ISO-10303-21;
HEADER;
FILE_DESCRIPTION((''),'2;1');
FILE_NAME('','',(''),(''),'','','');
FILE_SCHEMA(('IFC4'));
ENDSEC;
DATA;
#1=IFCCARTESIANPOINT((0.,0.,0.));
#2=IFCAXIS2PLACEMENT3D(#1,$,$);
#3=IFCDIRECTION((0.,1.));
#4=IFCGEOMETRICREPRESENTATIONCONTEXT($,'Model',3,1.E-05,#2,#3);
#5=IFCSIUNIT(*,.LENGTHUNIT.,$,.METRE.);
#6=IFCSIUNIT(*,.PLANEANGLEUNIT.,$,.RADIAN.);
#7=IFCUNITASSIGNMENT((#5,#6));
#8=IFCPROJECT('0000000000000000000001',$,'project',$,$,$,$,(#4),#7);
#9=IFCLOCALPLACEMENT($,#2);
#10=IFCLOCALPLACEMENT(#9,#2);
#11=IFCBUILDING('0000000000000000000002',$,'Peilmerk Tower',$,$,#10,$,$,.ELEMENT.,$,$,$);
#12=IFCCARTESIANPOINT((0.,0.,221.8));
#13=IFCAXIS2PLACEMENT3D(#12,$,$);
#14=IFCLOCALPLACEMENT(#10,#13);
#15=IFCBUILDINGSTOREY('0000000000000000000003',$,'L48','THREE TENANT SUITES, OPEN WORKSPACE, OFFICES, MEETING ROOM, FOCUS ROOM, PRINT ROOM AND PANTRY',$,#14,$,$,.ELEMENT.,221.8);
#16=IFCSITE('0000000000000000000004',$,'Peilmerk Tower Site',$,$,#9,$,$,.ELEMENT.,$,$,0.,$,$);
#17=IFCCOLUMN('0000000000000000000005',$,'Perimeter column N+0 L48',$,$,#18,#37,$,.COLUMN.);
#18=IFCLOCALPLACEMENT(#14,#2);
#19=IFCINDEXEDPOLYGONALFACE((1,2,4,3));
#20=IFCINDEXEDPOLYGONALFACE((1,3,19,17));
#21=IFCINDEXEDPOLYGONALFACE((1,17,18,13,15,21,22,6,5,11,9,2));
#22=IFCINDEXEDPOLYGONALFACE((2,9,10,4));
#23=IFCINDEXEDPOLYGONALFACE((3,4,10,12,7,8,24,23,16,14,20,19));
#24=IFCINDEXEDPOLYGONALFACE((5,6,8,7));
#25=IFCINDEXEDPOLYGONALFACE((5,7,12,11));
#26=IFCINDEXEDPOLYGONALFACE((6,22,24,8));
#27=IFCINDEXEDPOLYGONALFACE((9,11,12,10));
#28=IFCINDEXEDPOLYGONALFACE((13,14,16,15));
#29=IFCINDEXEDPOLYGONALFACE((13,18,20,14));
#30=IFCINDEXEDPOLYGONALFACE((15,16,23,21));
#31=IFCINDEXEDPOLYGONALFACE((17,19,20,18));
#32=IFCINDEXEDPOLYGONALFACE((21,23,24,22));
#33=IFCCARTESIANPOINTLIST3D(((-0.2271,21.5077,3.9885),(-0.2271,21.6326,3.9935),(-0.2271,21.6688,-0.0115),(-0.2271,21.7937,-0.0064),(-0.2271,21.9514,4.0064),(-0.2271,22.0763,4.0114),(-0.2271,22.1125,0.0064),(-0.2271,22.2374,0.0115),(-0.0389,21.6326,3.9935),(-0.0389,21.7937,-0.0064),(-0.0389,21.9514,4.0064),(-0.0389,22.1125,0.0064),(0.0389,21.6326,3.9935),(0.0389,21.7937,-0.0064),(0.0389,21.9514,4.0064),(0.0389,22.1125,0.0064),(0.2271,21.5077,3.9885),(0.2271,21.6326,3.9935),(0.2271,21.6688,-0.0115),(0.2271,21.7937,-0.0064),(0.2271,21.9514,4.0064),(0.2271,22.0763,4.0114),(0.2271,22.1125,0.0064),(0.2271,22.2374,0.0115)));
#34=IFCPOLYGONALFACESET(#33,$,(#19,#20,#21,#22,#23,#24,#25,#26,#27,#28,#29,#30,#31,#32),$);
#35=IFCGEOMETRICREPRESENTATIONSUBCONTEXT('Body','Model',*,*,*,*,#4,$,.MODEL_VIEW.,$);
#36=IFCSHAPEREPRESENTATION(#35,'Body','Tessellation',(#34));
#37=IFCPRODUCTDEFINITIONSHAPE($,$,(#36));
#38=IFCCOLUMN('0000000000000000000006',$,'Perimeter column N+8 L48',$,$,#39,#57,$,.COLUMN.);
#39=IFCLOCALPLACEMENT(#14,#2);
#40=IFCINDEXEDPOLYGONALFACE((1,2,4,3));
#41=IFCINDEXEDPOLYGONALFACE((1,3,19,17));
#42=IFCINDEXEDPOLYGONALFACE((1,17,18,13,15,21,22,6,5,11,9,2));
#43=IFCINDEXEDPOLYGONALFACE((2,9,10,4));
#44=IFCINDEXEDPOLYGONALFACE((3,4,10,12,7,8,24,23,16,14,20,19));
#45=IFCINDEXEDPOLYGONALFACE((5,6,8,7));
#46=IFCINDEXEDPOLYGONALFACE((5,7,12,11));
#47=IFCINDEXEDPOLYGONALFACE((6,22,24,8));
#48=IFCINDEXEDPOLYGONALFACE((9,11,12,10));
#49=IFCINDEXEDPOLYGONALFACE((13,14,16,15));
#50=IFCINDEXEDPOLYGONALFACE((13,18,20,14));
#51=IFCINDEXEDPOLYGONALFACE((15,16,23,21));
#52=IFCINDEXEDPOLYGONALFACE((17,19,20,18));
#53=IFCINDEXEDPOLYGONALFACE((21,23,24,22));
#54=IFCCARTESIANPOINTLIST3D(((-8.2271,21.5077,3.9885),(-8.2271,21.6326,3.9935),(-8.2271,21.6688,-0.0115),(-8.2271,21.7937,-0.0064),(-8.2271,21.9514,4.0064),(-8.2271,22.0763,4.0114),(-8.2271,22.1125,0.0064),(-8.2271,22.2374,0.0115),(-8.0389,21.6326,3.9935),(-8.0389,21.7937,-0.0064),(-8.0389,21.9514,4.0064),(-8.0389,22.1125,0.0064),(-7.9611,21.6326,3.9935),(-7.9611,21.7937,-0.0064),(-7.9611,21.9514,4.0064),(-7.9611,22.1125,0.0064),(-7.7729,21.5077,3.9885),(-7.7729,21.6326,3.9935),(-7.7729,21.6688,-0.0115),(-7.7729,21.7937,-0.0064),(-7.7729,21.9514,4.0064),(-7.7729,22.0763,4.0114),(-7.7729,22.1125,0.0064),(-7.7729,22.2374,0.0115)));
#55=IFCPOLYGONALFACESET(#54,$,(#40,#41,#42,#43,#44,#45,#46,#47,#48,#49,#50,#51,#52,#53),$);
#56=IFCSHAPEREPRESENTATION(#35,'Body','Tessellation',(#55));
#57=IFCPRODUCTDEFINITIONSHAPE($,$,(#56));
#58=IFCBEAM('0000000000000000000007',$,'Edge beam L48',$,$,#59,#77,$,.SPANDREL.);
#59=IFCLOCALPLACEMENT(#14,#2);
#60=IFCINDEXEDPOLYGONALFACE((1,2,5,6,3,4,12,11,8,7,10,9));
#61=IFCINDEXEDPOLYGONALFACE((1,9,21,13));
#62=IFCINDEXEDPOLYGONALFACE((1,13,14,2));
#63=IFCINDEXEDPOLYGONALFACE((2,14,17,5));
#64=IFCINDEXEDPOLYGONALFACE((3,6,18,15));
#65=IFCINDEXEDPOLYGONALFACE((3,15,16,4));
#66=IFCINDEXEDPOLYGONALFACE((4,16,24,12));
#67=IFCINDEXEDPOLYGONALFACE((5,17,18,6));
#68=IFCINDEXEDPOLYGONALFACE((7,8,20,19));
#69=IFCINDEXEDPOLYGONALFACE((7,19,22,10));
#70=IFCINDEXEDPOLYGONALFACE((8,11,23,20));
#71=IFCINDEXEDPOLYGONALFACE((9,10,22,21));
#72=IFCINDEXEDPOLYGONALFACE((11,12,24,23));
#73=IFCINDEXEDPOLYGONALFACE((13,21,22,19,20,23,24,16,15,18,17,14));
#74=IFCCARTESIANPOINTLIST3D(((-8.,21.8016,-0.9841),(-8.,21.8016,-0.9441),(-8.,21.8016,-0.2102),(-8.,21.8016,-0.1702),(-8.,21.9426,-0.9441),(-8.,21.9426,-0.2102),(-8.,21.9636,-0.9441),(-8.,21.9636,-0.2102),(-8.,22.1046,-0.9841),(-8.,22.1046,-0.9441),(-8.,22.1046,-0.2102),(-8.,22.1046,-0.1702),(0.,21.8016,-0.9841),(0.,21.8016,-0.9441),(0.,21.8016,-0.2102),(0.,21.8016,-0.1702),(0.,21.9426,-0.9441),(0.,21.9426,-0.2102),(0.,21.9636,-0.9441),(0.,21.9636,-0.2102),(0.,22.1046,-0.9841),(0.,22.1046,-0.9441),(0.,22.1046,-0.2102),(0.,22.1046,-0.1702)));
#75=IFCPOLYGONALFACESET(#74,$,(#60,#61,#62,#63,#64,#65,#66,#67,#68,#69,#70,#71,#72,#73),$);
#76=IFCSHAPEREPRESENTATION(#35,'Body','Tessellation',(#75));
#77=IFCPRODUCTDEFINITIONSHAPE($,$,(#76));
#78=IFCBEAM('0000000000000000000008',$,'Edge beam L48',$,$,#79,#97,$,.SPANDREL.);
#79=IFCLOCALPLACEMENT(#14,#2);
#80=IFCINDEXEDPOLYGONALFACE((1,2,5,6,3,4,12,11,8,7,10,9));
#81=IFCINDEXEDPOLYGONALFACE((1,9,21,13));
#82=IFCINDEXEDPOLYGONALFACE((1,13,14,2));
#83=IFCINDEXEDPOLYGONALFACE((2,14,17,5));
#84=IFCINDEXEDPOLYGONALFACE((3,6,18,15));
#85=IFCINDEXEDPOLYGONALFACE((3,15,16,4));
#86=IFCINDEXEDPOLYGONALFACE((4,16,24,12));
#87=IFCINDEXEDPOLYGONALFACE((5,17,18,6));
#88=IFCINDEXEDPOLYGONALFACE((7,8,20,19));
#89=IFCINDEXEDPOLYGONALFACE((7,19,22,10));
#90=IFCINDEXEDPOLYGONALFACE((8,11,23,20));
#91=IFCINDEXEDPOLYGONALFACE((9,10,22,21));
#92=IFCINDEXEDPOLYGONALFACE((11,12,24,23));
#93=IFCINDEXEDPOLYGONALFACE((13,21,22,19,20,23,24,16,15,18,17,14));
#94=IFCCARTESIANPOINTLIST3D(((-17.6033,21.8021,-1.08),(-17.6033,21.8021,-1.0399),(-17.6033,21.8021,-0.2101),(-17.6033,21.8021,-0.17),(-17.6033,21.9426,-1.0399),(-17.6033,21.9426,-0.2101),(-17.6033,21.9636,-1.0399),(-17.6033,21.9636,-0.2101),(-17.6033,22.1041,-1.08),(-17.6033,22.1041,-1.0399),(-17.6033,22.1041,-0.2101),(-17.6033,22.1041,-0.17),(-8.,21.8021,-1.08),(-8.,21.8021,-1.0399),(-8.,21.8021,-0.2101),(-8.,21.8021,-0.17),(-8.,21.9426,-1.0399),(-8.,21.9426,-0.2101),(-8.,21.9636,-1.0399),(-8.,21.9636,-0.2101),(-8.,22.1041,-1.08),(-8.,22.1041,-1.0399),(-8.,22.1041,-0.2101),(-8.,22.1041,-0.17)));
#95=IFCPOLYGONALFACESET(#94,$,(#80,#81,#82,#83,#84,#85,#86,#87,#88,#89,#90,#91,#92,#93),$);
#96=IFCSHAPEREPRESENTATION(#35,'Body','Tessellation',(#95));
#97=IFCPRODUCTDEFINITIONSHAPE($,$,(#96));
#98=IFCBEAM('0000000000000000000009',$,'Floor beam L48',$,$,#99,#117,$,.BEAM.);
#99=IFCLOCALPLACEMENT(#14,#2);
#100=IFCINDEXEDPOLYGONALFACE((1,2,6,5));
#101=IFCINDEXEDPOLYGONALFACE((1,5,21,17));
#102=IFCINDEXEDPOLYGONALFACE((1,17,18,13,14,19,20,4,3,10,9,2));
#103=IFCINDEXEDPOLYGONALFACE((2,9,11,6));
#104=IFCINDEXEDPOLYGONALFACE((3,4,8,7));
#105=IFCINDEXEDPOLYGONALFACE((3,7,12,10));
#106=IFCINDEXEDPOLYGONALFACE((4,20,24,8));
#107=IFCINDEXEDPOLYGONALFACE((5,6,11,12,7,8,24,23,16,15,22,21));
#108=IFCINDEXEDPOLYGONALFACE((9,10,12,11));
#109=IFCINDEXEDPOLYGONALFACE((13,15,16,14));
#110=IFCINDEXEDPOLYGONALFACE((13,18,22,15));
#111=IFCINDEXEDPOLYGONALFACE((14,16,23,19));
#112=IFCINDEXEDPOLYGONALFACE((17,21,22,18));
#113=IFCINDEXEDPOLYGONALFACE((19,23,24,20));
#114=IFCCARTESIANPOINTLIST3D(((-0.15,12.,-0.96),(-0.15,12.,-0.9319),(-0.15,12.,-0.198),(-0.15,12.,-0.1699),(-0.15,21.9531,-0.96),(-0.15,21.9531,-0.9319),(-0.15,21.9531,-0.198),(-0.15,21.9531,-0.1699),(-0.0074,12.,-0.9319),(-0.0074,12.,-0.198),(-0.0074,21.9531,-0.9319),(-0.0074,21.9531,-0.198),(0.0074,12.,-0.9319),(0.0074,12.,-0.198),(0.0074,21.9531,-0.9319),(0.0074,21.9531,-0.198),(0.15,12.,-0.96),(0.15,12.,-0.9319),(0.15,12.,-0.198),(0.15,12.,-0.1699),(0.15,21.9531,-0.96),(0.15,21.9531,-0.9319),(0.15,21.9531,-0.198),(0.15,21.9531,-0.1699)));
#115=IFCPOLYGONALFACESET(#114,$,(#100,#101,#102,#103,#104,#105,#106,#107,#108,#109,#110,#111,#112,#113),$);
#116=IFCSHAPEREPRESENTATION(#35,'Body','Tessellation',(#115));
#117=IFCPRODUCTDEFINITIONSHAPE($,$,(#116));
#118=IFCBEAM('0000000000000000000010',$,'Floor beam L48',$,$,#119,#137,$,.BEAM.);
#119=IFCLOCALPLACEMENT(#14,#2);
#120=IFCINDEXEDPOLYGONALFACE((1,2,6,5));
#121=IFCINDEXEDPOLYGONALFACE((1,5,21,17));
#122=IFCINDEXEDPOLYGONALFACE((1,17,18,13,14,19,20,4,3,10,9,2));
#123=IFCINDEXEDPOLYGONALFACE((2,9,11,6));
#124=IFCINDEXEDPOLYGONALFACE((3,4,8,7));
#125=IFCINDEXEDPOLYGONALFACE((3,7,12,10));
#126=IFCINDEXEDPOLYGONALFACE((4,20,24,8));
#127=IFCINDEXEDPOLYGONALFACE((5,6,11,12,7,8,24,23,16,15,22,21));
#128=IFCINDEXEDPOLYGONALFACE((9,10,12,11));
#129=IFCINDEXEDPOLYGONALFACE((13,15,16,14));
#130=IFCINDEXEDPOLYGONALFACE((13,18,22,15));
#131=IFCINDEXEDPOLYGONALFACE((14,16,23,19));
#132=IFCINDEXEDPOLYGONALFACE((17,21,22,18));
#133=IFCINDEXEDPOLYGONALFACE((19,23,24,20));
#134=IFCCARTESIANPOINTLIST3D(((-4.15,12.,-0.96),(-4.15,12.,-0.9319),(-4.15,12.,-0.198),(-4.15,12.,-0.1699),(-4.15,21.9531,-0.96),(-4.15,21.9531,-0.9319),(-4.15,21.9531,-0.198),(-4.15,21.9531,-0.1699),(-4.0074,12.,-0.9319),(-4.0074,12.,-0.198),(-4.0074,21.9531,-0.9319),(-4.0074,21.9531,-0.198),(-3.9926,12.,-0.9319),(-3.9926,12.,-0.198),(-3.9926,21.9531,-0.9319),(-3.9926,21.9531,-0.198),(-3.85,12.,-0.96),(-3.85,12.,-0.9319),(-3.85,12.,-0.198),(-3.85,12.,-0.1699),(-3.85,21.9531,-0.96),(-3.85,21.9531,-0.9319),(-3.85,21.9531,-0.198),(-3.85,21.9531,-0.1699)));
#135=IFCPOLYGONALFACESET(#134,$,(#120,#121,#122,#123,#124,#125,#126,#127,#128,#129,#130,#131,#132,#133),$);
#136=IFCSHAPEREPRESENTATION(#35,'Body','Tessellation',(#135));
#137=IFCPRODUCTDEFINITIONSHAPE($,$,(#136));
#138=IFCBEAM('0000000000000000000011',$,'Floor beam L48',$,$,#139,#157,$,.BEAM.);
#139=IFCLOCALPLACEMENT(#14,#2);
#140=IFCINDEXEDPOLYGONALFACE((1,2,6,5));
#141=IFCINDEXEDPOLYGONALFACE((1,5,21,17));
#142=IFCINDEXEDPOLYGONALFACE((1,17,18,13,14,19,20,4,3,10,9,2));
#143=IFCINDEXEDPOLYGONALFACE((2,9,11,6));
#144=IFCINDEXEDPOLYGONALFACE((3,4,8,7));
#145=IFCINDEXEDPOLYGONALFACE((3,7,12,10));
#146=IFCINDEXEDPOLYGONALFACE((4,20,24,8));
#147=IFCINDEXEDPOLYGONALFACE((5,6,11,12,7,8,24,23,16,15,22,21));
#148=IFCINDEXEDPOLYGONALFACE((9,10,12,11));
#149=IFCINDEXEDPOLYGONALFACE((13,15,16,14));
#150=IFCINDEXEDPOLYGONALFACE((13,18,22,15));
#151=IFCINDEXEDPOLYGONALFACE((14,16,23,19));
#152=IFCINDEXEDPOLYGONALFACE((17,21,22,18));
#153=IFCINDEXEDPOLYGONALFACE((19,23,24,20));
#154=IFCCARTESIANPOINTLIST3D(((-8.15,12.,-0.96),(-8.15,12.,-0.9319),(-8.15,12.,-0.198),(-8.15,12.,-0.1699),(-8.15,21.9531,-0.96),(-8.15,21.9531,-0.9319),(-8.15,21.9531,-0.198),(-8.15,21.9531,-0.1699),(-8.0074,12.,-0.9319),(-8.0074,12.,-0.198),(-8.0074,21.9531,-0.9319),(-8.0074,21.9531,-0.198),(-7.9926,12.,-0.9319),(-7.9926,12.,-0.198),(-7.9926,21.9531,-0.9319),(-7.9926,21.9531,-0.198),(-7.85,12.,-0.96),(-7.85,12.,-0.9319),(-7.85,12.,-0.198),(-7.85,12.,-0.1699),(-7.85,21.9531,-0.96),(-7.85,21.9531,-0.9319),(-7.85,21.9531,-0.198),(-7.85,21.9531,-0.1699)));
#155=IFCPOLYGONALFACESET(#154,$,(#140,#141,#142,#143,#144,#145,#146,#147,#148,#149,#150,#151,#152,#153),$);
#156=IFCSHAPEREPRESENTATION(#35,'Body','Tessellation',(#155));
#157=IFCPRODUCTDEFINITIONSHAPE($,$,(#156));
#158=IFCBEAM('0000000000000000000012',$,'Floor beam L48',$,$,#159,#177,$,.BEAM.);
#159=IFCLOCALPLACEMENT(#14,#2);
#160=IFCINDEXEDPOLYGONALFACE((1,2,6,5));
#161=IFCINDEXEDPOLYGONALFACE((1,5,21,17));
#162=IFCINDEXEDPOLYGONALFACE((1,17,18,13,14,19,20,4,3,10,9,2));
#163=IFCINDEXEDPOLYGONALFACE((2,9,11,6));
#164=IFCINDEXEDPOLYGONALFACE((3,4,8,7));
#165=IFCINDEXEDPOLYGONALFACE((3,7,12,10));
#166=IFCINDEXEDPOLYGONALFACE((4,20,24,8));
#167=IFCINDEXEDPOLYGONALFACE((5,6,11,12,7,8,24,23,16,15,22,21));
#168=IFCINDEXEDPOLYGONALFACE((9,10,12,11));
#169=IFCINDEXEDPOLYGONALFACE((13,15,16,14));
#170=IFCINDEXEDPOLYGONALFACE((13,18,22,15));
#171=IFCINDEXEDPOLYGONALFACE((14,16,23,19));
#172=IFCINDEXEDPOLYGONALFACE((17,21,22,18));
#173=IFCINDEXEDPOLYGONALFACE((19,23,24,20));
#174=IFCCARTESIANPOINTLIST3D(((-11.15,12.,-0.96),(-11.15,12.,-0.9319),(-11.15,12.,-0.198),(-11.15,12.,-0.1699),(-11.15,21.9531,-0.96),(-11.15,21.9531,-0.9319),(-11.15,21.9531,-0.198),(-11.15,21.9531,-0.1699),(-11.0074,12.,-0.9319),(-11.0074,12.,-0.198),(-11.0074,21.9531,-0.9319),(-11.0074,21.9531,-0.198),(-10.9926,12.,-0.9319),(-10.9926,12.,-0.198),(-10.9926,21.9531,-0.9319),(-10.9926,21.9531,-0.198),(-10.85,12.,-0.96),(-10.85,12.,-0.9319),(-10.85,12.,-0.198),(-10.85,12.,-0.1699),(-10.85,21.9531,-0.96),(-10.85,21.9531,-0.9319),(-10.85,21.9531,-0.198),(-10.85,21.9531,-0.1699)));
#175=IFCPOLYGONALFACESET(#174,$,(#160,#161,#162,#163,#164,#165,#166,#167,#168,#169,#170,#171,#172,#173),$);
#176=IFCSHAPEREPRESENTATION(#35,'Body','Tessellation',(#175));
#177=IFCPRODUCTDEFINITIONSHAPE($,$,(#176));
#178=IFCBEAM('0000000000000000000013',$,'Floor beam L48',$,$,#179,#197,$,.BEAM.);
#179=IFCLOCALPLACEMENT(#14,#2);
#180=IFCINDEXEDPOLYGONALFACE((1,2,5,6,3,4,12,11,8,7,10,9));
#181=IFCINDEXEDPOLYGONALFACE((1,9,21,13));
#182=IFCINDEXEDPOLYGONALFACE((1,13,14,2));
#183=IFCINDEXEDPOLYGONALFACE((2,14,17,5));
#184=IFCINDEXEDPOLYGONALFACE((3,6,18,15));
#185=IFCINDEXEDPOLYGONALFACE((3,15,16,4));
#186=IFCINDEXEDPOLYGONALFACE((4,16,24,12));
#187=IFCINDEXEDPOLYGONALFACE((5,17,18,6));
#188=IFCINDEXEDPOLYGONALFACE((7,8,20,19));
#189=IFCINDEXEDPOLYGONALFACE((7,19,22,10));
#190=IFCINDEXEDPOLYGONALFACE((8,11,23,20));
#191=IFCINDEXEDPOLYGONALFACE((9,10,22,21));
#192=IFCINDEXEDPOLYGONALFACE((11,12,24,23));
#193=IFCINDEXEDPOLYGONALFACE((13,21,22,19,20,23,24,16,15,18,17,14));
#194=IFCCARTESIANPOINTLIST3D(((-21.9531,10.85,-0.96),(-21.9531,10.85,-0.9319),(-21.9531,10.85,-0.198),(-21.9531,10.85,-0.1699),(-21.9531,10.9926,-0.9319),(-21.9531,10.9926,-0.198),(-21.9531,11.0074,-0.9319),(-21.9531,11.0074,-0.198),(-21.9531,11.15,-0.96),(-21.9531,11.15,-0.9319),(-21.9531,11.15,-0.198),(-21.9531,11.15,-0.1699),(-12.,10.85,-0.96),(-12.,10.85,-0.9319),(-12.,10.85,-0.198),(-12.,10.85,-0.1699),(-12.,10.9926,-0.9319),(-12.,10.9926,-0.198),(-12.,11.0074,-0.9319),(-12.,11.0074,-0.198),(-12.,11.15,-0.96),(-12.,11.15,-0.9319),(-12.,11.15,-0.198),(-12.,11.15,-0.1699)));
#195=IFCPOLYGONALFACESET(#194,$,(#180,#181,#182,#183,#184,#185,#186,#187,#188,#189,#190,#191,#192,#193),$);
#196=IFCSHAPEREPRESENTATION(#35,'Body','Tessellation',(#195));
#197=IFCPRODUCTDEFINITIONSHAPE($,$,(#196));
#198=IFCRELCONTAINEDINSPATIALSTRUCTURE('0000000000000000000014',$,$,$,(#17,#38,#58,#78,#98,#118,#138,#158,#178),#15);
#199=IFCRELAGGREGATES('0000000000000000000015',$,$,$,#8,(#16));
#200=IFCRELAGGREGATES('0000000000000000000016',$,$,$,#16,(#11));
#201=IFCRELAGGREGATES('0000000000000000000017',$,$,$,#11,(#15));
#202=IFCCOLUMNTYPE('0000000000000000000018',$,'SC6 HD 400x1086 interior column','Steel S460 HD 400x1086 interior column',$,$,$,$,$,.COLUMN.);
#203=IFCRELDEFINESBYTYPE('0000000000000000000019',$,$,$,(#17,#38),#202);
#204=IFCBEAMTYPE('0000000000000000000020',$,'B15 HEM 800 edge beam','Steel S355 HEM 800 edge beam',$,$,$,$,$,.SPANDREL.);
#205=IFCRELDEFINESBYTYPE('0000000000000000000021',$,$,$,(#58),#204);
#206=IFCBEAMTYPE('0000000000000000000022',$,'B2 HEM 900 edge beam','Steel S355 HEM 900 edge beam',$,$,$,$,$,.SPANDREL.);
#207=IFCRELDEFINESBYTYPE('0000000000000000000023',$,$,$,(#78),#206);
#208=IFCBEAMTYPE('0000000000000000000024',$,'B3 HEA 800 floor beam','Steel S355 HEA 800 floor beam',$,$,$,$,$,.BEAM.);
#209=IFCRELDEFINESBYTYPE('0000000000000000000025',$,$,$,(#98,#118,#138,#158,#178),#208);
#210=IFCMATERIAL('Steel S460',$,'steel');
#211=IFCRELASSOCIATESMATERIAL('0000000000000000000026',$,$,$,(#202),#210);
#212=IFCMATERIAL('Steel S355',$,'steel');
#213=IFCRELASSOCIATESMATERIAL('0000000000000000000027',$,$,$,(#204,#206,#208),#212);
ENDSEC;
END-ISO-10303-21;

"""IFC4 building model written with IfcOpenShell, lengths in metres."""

from ifc_helpers import new_model, si_unit, direction, frame, origin, origin_2d, place, context, subcontext, project, spatial, i_section, extrude, material, material_profile, profile_set, type_object, element, save


model = new_model("IFC4")

# Units and contexts
model_context = context("Model", 3, precision=1e-05, world=origin(), true_north=direction((0.0, 1.0)))
body_context = subcontext(model_context, "Body", "Model", "MODEL_VIEW")
ifc_project = project(units=[si_unit("LENGTHUNIT", "METRE"), si_unit("PLANEANGLEUNIT", "RADIAN")], contexts=[model_context])

# Site, building, storey
site_placement = place(None, origin())
site = spatial("IfcSite", under=ifc_project, at=site_placement, Name="Peilmerk Tower Site", CompositionType="ELEMENT", RefElevation=0.0)
building_placement = place(site_placement, origin())
building = spatial("IfcBuilding", under=site, at=building_placement, Name="Peilmerk Tower", CompositionType="ELEMENT")
storey_placement = place(building_placement, frame((0.0, 0.0, 221.8)))
storey = spatial("IfcBuildingStorey", under=building, at=storey_placement, Name="L48", Description="THREE TENANT SUITES, OPEN WORKSPACE, OFFICES, MEETING ROOM, FOCUS ROOM, PRINT ROOM AND PANTRY", CompositionType="ELEMENT", Elevation=221.8)

# Columns
ifc_material_1 = material(Name="Steel S460", Category="steel")
ifc_material_profile_1 = material_profile(ifc_material_1, i_section(OverallWidth=0.4541, OverallDepth=0.5691, WebThickness=0.0779, FlangeThickness=0.125, at=origin_2d()), Name="HD 400x1086")
ifc_profile_set_1 = profile_set([ifc_material_profile_1], Name="Steel S460")
column_type = type_object("IfcColumnType", Name="SC6 HD 400x1086 interior column", Description="Steel S460 HD 400x1086 interior column", PredefinedType="COLUMN", material=ifc_profile_set_1)
for number, where, z_axis, x_axis, name in (
    (1, (0.0, 21.9531, 0.0), (0.0, -0.040251, 0.99919), (1.0, 0.0, 0.0), "Perimeter column N+0 L48"),
    (2, (-8.0, 21.9531, 0.0), (0.0, -0.040251, 0.99919), (1.0, 0.0, 0.0), "Perimeter column N+8 L48"),
):
    element("IfcColumn", number, at=place(storey_placement, frame(where, z_axis=z_axis, x_axis=x_axis)), inside=storey, type_object=column_type, Name=name, PredefinedType="COLUMN", context=body_context, shape_type="SweptSolid", body=[
        extrude(i_section(OverallWidth=0.4541, OverallDepth=0.5691, WebThickness=0.0779, FlangeThickness=0.125, at=origin_2d()), origin(), (0.0, 0.0, 1.0), 4.0032),
    ])

# Beams
ifc_material_2 = material(Name="Steel S355", Category="steel")
ifc_material_profile_2 = material_profile(ifc_material_2, i_section(OverallWidth=0.303, OverallDepth=0.814, WebThickness=0.021, FlangeThickness=0.04, at=origin_2d()), Name="HEM 800")
ifc_profile_set_2 = profile_set([ifc_material_profile_2], Name="Steel S355")
beam_type_1 = type_object("IfcBeamType", Name="B15 HEM 800 edge beam", Description="Steel S355 HEM 800 edge beam", PredefinedType="SPANDREL", material=ifc_profile_set_2)
beam_1_placement = place(storey_placement, frame((0.0, 21.9531, -0.5771), z_axis=(-1.0, 0.0, 0.0), x_axis=(0.0, -1.0, 0.0)))
element("IfcBeam", 3, at=beam_1_placement, inside=storey, type_object=beam_type_1, Name="Edge beam L48", PredefinedType="SPANDREL", context=body_context, shape_type="SweptSolid", body=[
    extrude(i_section(OverallWidth=0.303, OverallDepth=0.814, WebThickness=0.021, FlangeThickness=0.04, at=origin_2d()), origin(), (0.0, 0.0, 1.0), 8.0),
])
ifc_material_profile_3 = material_profile(ifc_material_2, i_section(OverallWidth=0.302, OverallDepth=0.9099, WebThickness=0.021, FlangeThickness=0.04, at=origin_2d()), Name="HEM 900")
ifc_profile_set_3 = profile_set([ifc_material_profile_3], Name="Steel S355")
beam_type_2 = type_object("IfcBeamType", Name="B2 HEM 900 edge beam", Description="Steel S355 HEM 900 edge beam", PredefinedType="SPANDREL", material=ifc_profile_set_3)
beam_2_placement = place(storey_placement, frame((-8.0, 21.9531, -0.625), z_axis=(-1.0, 0.0, 0.0), x_axis=(0.0, -1.0, 0.0)))
element("IfcBeam", 4, at=beam_2_placement, inside=storey, type_object=beam_type_2, Name="Edge beam L48", PredefinedType="SPANDREL", context=body_context, shape_type="SweptSolid", body=[
    extrude(i_section(OverallWidth=0.302, OverallDepth=0.9099, WebThickness=0.021, FlangeThickness=0.04, at=origin_2d()), origin(), (0.0, 0.0, 1.0), 9.6033),
])
ifc_material_profile_4 = material_profile(ifc_material_2, i_section(OverallWidth=0.3, OverallDepth=0.79, WebThickness=0.0149, FlangeThickness=0.0281, at=origin_2d()), Name="HEA 800")
ifc_profile_set_4 = profile_set([ifc_material_profile_4], Name="Steel S355")
beam_type_3 = type_object("IfcBeamType", Name="B3 HEA 800 floor beam", Description="Steel S355 HEA 800 floor beam", PredefinedType="BEAM", material=ifc_profile_set_4)
for number, where, z_axis, x_axis, name in (
    (5, (0.0, 12.0, -0.5649), (0.0, 1.0, 0.0), (-1.0, 0.0, 0.0), "Floor beam L48"),
    (6, (-4.0, 12.0, -0.5649), (0.0, 1.0, 0.0), (-1.0, 0.0, 0.0), "Floor beam L48"),
    (7, (-8.0, 12.0, -0.5649), (0.0, 1.0, 0.0), (-1.0, 0.0, 0.0), "Floor beam L48"),
    (8, (-11.0, 12.0, -0.5649), (0.0, 1.0, 0.0), (-1.0, 0.0, 0.0), "Floor beam L48"),
    (9, (-12.0, 11.0, -0.5649), (-1.0, 0.0, 0.0), (0.0, -1.0, 0.0), "Floor beam L48"),
):
    element("IfcBeam", number, at=place(storey_placement, frame(where, z_axis=z_axis, x_axis=x_axis)), inside=storey, type_object=beam_type_3, Name=name, PredefinedType="BEAM", context=body_context, shape_type="SweptSolid", body=[
        extrude(i_section(OverallWidth=0.3, OverallDepth=0.79, WebThickness=0.0149, FlangeThickness=0.0281, at=origin_2d()), origin(), (0.0, 0.0, 1.0), 9.9531),
    ])

save(model, "model.ifc")
